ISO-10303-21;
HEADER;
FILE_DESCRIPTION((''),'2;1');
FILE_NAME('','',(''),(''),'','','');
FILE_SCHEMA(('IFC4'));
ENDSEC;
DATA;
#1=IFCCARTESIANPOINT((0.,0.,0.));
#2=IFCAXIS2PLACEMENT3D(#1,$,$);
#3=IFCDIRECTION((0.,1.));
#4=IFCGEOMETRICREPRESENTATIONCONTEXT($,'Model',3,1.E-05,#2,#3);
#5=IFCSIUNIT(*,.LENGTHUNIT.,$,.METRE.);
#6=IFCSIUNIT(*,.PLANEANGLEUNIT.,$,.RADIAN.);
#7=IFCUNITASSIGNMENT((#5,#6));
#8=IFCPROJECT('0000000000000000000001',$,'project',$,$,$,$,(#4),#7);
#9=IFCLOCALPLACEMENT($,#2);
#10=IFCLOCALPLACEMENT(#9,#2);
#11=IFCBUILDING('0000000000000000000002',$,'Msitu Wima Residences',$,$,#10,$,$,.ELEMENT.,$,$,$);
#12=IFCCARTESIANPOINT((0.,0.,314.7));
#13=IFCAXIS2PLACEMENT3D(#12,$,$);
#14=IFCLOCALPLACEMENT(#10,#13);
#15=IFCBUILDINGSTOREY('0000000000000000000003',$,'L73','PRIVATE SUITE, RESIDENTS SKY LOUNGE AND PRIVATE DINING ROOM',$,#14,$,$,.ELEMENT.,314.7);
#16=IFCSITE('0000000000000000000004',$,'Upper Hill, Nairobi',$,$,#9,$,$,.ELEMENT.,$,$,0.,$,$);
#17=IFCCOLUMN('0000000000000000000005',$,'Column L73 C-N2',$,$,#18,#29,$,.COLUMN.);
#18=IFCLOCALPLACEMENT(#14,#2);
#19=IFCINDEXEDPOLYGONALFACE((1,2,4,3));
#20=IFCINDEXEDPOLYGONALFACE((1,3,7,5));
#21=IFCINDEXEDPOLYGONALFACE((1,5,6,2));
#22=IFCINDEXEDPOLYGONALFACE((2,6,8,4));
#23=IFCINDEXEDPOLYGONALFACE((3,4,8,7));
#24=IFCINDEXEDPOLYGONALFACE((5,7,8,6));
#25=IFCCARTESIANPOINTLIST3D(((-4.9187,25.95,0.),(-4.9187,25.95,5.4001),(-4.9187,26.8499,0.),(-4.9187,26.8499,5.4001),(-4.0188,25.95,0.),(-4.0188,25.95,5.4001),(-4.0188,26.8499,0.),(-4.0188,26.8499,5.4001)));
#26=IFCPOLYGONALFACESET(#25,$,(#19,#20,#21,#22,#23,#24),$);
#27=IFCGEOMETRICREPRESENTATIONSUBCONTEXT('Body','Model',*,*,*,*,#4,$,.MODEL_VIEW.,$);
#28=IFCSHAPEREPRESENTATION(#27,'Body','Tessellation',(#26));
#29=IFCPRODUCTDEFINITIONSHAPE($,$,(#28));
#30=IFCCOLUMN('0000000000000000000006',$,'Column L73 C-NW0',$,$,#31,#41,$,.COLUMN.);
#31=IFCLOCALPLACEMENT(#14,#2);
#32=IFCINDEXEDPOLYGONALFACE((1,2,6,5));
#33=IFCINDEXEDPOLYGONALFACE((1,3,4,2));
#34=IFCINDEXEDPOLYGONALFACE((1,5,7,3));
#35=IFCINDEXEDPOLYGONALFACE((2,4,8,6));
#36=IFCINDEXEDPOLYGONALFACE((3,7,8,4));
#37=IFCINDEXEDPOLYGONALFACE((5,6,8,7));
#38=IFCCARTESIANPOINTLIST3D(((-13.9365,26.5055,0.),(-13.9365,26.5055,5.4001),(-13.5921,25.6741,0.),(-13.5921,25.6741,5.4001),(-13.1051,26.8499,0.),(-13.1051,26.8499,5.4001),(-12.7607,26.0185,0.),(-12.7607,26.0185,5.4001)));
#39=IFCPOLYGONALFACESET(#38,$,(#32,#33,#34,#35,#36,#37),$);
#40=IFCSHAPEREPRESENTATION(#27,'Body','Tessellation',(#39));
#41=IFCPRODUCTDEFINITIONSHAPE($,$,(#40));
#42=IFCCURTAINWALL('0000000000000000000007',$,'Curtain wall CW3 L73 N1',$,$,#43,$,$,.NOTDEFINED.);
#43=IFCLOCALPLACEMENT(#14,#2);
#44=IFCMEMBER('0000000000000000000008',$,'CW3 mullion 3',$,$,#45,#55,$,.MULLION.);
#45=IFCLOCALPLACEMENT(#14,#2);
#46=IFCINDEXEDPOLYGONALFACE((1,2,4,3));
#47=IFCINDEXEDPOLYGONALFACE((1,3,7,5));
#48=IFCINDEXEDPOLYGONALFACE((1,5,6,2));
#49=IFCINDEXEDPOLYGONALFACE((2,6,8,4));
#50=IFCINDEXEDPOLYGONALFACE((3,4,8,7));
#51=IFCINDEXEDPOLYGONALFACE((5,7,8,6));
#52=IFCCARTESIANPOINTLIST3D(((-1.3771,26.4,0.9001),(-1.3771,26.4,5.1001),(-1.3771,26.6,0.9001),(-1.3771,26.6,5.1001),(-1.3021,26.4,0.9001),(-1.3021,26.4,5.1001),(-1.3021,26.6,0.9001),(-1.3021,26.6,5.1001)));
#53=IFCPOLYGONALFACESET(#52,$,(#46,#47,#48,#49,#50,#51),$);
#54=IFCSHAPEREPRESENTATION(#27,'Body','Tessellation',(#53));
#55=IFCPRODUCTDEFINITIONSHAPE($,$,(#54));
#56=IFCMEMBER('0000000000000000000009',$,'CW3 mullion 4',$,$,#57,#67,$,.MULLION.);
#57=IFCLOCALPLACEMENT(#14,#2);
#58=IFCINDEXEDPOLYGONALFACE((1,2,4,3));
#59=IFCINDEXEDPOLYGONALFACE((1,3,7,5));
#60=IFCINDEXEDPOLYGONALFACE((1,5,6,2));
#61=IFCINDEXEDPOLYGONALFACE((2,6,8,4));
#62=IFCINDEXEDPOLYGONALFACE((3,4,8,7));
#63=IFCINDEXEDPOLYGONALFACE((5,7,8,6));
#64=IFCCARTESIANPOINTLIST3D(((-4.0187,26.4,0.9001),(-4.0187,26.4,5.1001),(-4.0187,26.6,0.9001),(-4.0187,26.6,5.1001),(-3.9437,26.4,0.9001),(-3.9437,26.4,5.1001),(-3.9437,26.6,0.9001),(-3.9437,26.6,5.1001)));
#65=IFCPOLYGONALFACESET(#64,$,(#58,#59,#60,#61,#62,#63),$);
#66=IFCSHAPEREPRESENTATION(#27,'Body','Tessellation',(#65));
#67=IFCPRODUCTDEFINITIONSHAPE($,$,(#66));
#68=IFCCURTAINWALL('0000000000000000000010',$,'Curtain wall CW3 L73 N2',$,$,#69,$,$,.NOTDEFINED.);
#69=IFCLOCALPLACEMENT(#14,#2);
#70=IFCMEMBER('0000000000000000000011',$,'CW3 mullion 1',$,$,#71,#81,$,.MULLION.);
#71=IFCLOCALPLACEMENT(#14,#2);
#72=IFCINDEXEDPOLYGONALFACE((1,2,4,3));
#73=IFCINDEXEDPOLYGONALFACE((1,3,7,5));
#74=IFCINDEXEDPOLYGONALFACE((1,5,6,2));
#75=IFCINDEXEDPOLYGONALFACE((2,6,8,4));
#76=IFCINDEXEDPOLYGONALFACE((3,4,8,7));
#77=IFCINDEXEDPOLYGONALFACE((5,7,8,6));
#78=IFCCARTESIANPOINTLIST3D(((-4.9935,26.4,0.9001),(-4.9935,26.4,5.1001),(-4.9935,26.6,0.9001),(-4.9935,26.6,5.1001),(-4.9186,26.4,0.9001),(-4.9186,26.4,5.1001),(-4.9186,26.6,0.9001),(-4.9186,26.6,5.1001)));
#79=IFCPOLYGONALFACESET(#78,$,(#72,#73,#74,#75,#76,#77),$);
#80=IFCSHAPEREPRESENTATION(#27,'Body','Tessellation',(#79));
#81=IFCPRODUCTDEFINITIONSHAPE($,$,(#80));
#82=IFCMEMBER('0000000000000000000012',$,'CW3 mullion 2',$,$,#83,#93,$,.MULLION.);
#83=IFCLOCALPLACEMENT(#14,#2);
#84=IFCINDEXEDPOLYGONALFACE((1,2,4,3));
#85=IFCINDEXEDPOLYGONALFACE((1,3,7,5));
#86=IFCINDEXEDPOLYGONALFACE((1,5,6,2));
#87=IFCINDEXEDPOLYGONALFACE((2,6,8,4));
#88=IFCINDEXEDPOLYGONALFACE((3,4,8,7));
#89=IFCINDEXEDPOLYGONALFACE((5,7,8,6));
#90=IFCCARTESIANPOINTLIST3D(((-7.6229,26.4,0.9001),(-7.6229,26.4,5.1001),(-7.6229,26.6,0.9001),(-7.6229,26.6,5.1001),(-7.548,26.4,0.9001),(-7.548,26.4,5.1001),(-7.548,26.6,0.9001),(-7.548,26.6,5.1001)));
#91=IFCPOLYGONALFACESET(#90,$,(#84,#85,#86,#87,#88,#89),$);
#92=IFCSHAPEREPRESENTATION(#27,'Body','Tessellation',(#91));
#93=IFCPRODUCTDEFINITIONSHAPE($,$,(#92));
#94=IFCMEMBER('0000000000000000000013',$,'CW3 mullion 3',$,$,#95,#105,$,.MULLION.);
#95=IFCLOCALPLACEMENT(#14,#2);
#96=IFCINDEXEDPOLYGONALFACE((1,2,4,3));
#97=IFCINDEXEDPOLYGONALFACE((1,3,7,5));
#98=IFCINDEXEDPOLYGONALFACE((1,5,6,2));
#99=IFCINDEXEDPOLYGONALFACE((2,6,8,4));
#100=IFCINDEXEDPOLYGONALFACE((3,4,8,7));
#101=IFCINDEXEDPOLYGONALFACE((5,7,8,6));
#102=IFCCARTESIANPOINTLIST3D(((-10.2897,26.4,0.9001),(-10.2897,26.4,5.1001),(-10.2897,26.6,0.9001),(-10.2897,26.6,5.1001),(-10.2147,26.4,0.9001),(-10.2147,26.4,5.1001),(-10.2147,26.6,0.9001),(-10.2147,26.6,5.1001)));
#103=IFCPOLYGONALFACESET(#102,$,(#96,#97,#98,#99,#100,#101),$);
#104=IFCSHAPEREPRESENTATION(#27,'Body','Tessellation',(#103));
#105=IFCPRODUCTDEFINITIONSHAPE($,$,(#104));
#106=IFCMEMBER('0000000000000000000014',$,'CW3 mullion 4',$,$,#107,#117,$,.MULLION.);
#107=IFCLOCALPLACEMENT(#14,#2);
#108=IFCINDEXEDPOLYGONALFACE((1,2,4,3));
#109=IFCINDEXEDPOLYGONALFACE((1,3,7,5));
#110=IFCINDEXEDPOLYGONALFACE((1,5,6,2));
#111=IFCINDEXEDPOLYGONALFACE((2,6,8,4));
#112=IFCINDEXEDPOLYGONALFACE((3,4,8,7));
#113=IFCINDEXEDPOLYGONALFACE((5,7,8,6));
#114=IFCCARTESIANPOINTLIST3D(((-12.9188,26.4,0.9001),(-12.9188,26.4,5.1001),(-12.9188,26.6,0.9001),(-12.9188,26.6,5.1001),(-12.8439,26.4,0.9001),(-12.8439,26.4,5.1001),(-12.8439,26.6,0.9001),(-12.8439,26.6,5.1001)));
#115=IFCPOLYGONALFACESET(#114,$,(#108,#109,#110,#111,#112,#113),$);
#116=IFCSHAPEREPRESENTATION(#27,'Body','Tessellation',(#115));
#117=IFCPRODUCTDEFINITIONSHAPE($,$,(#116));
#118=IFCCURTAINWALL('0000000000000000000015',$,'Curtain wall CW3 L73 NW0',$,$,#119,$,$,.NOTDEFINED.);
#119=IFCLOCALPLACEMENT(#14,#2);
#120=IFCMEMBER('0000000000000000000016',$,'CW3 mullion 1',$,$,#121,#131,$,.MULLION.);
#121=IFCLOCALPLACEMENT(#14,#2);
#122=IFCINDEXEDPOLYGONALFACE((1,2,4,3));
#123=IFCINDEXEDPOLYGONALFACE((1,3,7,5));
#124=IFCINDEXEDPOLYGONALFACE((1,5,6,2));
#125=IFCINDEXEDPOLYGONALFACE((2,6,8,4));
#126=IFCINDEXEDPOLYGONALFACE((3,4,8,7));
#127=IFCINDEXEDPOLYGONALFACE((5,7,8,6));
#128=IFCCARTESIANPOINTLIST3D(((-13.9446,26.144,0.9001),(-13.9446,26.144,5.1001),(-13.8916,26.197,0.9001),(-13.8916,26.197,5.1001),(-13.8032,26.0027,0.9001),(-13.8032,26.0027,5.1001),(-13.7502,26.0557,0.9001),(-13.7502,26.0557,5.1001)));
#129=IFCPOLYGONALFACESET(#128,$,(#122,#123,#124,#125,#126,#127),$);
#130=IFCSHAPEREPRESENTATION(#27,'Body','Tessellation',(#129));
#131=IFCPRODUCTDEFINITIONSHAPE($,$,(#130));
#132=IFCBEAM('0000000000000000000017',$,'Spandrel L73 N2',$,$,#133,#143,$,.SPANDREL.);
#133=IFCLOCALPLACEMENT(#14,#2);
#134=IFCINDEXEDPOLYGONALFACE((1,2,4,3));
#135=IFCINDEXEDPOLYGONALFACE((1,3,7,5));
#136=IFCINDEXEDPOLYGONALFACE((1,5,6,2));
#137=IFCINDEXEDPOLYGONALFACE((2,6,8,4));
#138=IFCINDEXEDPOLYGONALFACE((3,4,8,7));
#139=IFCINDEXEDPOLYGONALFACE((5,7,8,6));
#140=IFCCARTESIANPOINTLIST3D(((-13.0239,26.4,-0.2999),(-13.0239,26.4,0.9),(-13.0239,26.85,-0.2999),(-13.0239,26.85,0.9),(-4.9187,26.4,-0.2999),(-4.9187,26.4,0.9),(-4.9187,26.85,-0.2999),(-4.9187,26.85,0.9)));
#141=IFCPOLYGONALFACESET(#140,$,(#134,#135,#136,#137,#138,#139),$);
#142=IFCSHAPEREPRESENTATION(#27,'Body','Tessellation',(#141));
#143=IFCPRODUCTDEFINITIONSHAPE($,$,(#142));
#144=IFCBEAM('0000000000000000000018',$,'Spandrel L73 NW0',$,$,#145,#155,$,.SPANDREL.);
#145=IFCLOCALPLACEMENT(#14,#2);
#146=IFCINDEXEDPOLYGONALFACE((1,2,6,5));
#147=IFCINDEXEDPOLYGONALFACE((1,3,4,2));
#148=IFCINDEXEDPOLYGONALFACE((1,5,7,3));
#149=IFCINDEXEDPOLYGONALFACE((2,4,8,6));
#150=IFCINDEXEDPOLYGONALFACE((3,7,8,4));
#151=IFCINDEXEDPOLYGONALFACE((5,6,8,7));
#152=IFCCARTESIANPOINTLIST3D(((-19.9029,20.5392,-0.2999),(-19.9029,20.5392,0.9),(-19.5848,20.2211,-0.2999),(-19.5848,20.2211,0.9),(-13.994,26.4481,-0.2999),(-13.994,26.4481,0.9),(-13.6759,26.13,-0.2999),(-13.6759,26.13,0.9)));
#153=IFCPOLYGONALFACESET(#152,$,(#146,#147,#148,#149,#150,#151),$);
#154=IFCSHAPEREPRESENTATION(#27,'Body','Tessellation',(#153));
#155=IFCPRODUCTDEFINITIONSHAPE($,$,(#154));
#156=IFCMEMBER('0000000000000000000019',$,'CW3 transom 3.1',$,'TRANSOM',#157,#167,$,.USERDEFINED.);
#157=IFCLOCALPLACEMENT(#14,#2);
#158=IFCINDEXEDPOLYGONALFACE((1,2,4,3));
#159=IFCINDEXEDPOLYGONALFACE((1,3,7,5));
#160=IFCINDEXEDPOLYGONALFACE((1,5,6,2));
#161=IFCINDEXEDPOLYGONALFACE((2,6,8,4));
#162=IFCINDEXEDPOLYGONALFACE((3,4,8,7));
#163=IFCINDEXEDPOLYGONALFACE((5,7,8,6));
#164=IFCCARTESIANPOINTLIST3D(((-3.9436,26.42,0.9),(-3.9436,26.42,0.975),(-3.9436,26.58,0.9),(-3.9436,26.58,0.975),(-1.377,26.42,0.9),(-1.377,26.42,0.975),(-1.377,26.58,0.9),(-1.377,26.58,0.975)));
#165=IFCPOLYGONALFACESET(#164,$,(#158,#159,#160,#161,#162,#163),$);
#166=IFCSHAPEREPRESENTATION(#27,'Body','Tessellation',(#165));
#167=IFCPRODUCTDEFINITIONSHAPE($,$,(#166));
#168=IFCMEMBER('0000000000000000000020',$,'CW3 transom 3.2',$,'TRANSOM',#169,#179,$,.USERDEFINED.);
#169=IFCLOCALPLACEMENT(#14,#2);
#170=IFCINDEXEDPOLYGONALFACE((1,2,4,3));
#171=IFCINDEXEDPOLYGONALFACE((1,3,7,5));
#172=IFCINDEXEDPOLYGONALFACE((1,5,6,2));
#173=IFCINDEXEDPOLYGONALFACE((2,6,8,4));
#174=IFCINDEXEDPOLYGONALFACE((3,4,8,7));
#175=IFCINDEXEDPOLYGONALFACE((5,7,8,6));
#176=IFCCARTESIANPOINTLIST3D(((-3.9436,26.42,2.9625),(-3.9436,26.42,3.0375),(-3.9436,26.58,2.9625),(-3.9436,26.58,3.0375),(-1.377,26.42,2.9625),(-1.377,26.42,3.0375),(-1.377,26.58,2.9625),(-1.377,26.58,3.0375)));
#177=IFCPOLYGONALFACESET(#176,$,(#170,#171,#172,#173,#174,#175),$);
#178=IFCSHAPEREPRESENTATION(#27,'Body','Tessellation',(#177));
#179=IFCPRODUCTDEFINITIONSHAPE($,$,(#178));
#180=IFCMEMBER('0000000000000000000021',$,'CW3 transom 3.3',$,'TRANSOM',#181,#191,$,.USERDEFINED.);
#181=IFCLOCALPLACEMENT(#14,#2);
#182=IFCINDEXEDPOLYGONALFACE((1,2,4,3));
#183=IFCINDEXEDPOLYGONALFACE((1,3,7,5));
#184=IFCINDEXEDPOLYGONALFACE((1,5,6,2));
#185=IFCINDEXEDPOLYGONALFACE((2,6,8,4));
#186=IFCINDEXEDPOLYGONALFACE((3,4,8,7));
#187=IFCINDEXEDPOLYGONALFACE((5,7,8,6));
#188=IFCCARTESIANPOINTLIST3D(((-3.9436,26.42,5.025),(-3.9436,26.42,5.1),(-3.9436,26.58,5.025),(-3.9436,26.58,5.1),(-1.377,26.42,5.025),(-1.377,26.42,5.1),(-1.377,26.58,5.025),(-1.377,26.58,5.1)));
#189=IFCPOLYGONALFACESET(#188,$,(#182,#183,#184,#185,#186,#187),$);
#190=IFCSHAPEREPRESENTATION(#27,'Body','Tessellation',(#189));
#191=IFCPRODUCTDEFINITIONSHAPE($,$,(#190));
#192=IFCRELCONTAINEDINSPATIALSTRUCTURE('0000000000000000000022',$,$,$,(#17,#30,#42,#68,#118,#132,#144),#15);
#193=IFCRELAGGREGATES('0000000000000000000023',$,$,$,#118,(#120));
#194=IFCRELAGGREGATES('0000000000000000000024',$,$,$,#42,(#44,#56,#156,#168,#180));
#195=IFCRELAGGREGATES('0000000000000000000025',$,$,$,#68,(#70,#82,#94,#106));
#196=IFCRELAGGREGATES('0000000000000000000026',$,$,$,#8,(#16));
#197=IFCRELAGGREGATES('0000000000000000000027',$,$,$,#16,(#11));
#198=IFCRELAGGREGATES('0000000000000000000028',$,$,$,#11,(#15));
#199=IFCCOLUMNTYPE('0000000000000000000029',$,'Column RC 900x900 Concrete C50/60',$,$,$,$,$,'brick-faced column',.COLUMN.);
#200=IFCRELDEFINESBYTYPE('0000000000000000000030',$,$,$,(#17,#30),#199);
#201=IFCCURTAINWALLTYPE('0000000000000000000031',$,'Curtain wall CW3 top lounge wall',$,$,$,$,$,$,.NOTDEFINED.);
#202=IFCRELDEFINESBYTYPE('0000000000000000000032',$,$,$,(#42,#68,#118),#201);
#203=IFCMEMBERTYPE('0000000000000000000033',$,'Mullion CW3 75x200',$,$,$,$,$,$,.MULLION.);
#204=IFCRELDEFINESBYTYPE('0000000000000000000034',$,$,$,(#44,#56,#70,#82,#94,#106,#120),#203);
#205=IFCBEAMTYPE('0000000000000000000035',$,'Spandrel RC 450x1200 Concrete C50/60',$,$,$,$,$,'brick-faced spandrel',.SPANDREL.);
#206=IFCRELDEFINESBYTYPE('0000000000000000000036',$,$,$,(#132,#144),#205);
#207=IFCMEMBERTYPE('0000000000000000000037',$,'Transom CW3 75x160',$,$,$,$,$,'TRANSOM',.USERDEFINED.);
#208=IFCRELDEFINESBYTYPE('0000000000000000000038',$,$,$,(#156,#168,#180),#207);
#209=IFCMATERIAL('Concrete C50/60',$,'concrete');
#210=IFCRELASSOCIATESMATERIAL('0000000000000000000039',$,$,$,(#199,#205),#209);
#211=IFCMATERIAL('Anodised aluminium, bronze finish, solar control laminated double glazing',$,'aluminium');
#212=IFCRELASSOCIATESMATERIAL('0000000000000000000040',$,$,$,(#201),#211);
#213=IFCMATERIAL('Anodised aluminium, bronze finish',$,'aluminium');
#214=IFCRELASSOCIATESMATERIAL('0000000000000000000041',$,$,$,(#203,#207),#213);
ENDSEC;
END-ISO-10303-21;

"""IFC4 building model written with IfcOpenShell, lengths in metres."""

from ifc_helpers import new_model, si_unit, direction, frame, origin, origin_2d, place, context, subcontext, project, spatial, rectangle, extrude, material, material_profile, profile_set, type_object, element, aggregate, save


model = new_model("IFC4")

# Units and contexts
model_context = context("Model", 3, precision=1e-05, world=origin(), true_north=direction((0.0, 1.0)))
body_context = subcontext(model_context, "Body", "Model", "MODEL_VIEW")
ifc_project = project(units=[si_unit("LENGTHUNIT", "METRE"), si_unit("PLANEANGLEUNIT", "RADIAN")], contexts=[model_context])

# Site, building, storey
site_placement = place(None, origin())
site = spatial("IfcSite", under=ifc_project, at=site_placement, Name="Upper Hill, Nairobi", CompositionType="ELEMENT", RefElevation=0.0)
building_placement = place(site_placement, origin())
building = spatial("IfcBuilding", under=site, at=building_placement, Name="Msitu Wima Residences", CompositionType="ELEMENT")
storey_placement = place(building_placement, frame((0.0, 0.0, 314.7)))
storey = spatial("IfcBuildingStorey", under=building, at=storey_placement, Name="L73", Description="PRIVATE SUITE, RESIDENTS SKY LOUNGE AND PRIVATE DINING ROOM", CompositionType="ELEMENT", Elevation=314.7)

# Columns
ifc_material_1 = material(Name="Concrete C50/60", Category="concrete")
ifc_material_profile_1 = material_profile(ifc_material_1, rectangle(XDim=0.8999, YDim=0.8999, at=origin_2d()), Name="RC 900x900")
ifc_profile_set_1 = profile_set([ifc_material_profile_1], Name="Concrete C50/60")
column_type = type_object("IfcColumnType", Name="Column RC 900x900 Concrete C50/60", ElementType="brick-faced column", PredefinedType="COLUMN", material=ifc_profile_set_1)
for number, where, z_axis, x_axis, name in (
    (1, (-4.4688, 26.3999, 0.0), (0.0, 0.0, 1.0), (-1.0, 0.0, 0.0), "Column L73 C-N2"),
    (2, (-13.3486, 26.262, 0.0), (0.0, 0.0, 1.0), (-0.92388, -0.382683, 0.0), "Column L73 C-NW0"),
):
    element("IfcColumn", number, at=place(storey_placement, frame(where, z_axis=z_axis, x_axis=x_axis)), inside=storey, type_object=column_type, Name=name, PredefinedType="COLUMN", context=body_context, shape_type="SweptSolid", body=[
        extrude(rectangle(XDim=0.8999, YDim=0.8999, at=origin_2d()), origin(), (0.0, 0.0, 1.0), 5.4001),
    ])

# Curtain walls, members
ifc_material_2 = material(Name="Anodised aluminium, bronze finish, solar control laminated double glazing", Category="aluminium")
curtain_wall_type = type_object("IfcCurtainWallType", Name="Curtain wall CW3 top lounge wall", PredefinedType="NOTDEFINED", material=ifc_material_2)
curtain_wall_1_placement = place(storey_placement, origin())
curtain_wall_1 = element("IfcCurtainWall", 3, at=curtain_wall_1_placement, inside=storey, type_object=curtain_wall_type, Name="Curtain wall CW3 L73 N1", PredefinedType="NOTDEFINED")
ifc_material_3 = material(Name="Anodised aluminium, bronze finish", Category="aluminium")
ifc_material_profile_2 = material_profile(ifc_material_3, rectangle(XDim=0.2, YDim=0.075, at=origin_2d()), Name="Mullion 75x200")
ifc_profile_set_2 = profile_set([ifc_material_profile_2], Name="Anodised aluminium, bronze finish")
member_type_1 = type_object("IfcMemberType", Name="Mullion CW3 75x200", PredefinedType="MULLION", material=ifc_profile_set_2)
member_1_placement = place(storey_placement, frame((-1.3396, 26.5, 0.9001), z_axis=(0.0, 0.0, 1.0), x_axis=(0.0, -1.0, 0.0)))
member_1 = element("IfcMember", 4, at=member_1_placement, type_object=member_type_1, Name="CW3 mullion 3", PredefinedType="MULLION", context=body_context, shape_type="SweptSolid", body=[
    extrude(rectangle(XDim=0.2, YDim=0.075, at=origin_2d()), origin(), (0.0, 0.0, 1.0), 4.2),
])
member_2_placement = place(storey_placement, frame((-3.9812, 26.5, 0.9001), z_axis=(0.0, 0.0, 1.0), x_axis=(0.0, -1.0, 0.0)))
member_2 = element("IfcMember", 5, at=member_2_placement, type_object=member_type_1, Name="CW3 mullion 4", PredefinedType="MULLION", context=body_context, shape_type="SweptSolid", body=[
    extrude(rectangle(XDim=0.2, YDim=0.075, at=origin_2d()), origin(), (0.0, 0.0, 1.0), 4.2),
])
curtain_wall_2_placement = place(storey_placement, origin())
curtain_wall_2 = element("IfcCurtainWall", 6, at=curtain_wall_2_placement, inside=storey, type_object=curtain_wall_type, Name="Curtain wall CW3 L73 N2", PredefinedType="NOTDEFINED")
member_3_placement = place(storey_placement, frame((-4.9561, 26.5, 0.9001), z_axis=(0.0, 0.0, 1.0), x_axis=(0.0, -1.0, 0.0)))
member_3 = element("IfcMember", 7, at=member_3_placement, type_object=member_type_1, Name="CW3 mullion 1", PredefinedType="MULLION", context=body_context, shape_type="SweptSolid", body=[
    extrude(rectangle(XDim=0.2, YDim=0.075, at=origin_2d()), origin(), (0.0, 0.0, 1.0), 4.2),
])
member_4_placement = place(storey_placement, frame((-7.5854, 26.5, 0.9001), z_axis=(0.0, 0.0, 1.0), x_axis=(0.0, -1.0, 0.0)))
member_4 = element("IfcMember", 8, at=member_4_placement, type_object=member_type_1, Name="CW3 mullion 2", PredefinedType="MULLION", context=body_context, shape_type="SweptSolid", body=[
    extrude(rectangle(XDim=0.2, YDim=0.075, at=origin_2d()), origin(), (0.0, 0.0, 1.0), 4.2),
])
member_5_placement = place(storey_placement, frame((-10.2522, 26.5, 0.9001), z_axis=(0.0, 0.0, 1.0), x_axis=(0.0, -1.0, 0.0)))
member_5 = element("IfcMember", 9, at=member_5_placement, type_object=member_type_1, Name="CW3 mullion 3", PredefinedType="MULLION", context=body_context, shape_type="SweptSolid", body=[
    extrude(rectangle(XDim=0.2, YDim=0.075, at=origin_2d()), origin(), (0.0, 0.0, 1.0), 4.2),
])
member_6_placement = place(storey_placement, frame((-12.8813, 26.5, 0.9001), z_axis=(0.0, 0.0, 1.0), x_axis=(0.0, -1.0, 0.0)))
member_6 = element("IfcMember", 10, at=member_6_placement, type_object=member_type_1, Name="CW3 mullion 4", PredefinedType="MULLION", context=body_context, shape_type="SweptSolid", body=[
    extrude(rectangle(XDim=0.2, YDim=0.075, at=origin_2d()), origin(), (0.0, 0.0, 1.0), 4.2),
])

# Curtain wall, member
curtain_wall_3_placement = place(storey_placement, origin())
curtain_wall_3 = element("IfcCurtainWall", 11, at=curtain_wall_3_placement, inside=storey, type_object=curtain_wall_type, Name="Curtain wall CW3 L73 NW0", PredefinedType="NOTDEFINED")
member_7_placement = place(storey_placement, frame((-13.8474, 26.0999, 0.9001), z_axis=(0.0, 0.0, 1.0), x_axis=(0.707107, -0.707107, 0.0)))
member_7 = element("IfcMember", 12, at=member_7_placement, type_object=member_type_1, Name="CW3 mullion 1", PredefinedType="MULLION", context=body_context, shape_type="SweptSolid", body=[
    extrude(rectangle(XDim=0.2, YDim=0.075, at=origin_2d()), origin(), (0.0, 0.0, 1.0), 4.2),
])

# Beams
ifc_material_profile_3 = material_profile(ifc_material_1, rectangle(XDim=0.45, YDim=1.2, at=origin_2d()), Name="RC 450x1200")
ifc_profile_set_3 = profile_set([ifc_material_profile_3], Name="Concrete C50/60")
beam_type = type_object("IfcBeamType", Name="Spandrel RC 450x1200 Concrete C50/60", ElementType="brick-faced spandrel", PredefinedType="SPANDREL", material=ifc_profile_set_3)
beam_1_placement = place(storey_placement, frame((-4.9187, 26.625, 0.3), z_axis=(-1.0, 0.0, 0.0), x_axis=(0.0, -1.0, 0.0)))
element("IfcBeam", 13, at=beam_1_placement, inside=storey, type_object=beam_type, Name="Spandrel L73 N2", PredefinedType="SPANDREL", context=body_context, shape_type="SweptSolid", body=[
    extrude(rectangle(XDim=0.45, YDim=1.2, at=origin_2d()), origin(), (0.0, 0.0, 1.0), 8.1052),
])
beam_2_placement = place(storey_placement, frame((-13.835, 26.2891, 0.3), z_axis=(-0.707107, -0.707107, 0.0), x_axis=(0.707107, -0.707107, 0.0)))
element("IfcBeam", 14, at=beam_2_placement, inside=storey, type_object=beam_type, Name="Spandrel L73 NW0", PredefinedType="SPANDREL", context=body_context, shape_type="SweptSolid", body=[
    extrude(rectangle(XDim=0.45, YDim=1.2, at=origin_2d()), origin(), (0.0, 0.0, 1.0), 8.3564),
])

# Members
ifc_material_profile_4 = material_profile(ifc_material_3, rectangle(XDim=0.1599, YDim=0.075, at=origin_2d()), Name="Transom 75x160")
ifc_profile_set_4 = profile_set([ifc_material_profile_4], Name="Anodised aluminium, bronze finish")
member_type_2 = type_object("IfcMemberType", Name="Transom CW3 75x160", ElementType="TRANSOM", PredefinedType="USERDEFINED", material=ifc_profile_set_4)
member_8_placement = place(storey_placement, frame((-1.377, 26.5, 0.9375), z_axis=(-1.0, 0.0, 0.0), x_axis=(0.0, -1.0, 0.0)))
member_8 = element("IfcMember", 15, at=member_8_placement, type_object=member_type_2, Name="CW3 transom 3.1", ObjectType="TRANSOM", PredefinedType="USERDEFINED", context=body_context, shape_type="SweptSolid", body=[
    extrude(rectangle(XDim=0.1599, YDim=0.075, at=origin_2d()), origin(), (0.0, 0.0, 1.0), 2.5667),
])
member_9_placement = place(storey_placement, frame((-1.377, 26.5, 3.0), z_axis=(-1.0, 0.0, 0.0), x_axis=(0.0, -1.0, 0.0)))
member_9 = element("IfcMember", 16, at=member_9_placement, type_object=member_type_2, Name="CW3 transom 3.2", ObjectType="TRANSOM", PredefinedType="USERDEFINED", context=body_context, shape_type="SweptSolid", body=[
    extrude(rectangle(XDim=0.1599, YDim=0.075, at=origin_2d()), origin(), (0.0, 0.0, 1.0), 2.5667),
])
member_10_placement = place(storey_placement, frame((-1.377, 26.5, 5.0625), z_axis=(-1.0, 0.0, 0.0), x_axis=(0.0, -1.0, 0.0)))
member_10 = element("IfcMember", 17, at=member_10_placement, type_object=member_type_2, Name="CW3 transom 3.3", ObjectType="TRANSOM", PredefinedType="USERDEFINED", context=body_context, shape_type="SweptSolid", body=[
    extrude(rectangle(XDim=0.1599, YDim=0.075, at=origin_2d()), origin(), (0.0, 0.0, 1.0), 2.5667),
])
aggregate(curtain_wall_3, [member_7])

aggregate(curtain_wall_1, [member_1, member_2, member_8, member_9, member_10])
aggregate(curtain_wall_2, [member_3, member_4, member_5, member_6])

save(model, "model.ifc")
